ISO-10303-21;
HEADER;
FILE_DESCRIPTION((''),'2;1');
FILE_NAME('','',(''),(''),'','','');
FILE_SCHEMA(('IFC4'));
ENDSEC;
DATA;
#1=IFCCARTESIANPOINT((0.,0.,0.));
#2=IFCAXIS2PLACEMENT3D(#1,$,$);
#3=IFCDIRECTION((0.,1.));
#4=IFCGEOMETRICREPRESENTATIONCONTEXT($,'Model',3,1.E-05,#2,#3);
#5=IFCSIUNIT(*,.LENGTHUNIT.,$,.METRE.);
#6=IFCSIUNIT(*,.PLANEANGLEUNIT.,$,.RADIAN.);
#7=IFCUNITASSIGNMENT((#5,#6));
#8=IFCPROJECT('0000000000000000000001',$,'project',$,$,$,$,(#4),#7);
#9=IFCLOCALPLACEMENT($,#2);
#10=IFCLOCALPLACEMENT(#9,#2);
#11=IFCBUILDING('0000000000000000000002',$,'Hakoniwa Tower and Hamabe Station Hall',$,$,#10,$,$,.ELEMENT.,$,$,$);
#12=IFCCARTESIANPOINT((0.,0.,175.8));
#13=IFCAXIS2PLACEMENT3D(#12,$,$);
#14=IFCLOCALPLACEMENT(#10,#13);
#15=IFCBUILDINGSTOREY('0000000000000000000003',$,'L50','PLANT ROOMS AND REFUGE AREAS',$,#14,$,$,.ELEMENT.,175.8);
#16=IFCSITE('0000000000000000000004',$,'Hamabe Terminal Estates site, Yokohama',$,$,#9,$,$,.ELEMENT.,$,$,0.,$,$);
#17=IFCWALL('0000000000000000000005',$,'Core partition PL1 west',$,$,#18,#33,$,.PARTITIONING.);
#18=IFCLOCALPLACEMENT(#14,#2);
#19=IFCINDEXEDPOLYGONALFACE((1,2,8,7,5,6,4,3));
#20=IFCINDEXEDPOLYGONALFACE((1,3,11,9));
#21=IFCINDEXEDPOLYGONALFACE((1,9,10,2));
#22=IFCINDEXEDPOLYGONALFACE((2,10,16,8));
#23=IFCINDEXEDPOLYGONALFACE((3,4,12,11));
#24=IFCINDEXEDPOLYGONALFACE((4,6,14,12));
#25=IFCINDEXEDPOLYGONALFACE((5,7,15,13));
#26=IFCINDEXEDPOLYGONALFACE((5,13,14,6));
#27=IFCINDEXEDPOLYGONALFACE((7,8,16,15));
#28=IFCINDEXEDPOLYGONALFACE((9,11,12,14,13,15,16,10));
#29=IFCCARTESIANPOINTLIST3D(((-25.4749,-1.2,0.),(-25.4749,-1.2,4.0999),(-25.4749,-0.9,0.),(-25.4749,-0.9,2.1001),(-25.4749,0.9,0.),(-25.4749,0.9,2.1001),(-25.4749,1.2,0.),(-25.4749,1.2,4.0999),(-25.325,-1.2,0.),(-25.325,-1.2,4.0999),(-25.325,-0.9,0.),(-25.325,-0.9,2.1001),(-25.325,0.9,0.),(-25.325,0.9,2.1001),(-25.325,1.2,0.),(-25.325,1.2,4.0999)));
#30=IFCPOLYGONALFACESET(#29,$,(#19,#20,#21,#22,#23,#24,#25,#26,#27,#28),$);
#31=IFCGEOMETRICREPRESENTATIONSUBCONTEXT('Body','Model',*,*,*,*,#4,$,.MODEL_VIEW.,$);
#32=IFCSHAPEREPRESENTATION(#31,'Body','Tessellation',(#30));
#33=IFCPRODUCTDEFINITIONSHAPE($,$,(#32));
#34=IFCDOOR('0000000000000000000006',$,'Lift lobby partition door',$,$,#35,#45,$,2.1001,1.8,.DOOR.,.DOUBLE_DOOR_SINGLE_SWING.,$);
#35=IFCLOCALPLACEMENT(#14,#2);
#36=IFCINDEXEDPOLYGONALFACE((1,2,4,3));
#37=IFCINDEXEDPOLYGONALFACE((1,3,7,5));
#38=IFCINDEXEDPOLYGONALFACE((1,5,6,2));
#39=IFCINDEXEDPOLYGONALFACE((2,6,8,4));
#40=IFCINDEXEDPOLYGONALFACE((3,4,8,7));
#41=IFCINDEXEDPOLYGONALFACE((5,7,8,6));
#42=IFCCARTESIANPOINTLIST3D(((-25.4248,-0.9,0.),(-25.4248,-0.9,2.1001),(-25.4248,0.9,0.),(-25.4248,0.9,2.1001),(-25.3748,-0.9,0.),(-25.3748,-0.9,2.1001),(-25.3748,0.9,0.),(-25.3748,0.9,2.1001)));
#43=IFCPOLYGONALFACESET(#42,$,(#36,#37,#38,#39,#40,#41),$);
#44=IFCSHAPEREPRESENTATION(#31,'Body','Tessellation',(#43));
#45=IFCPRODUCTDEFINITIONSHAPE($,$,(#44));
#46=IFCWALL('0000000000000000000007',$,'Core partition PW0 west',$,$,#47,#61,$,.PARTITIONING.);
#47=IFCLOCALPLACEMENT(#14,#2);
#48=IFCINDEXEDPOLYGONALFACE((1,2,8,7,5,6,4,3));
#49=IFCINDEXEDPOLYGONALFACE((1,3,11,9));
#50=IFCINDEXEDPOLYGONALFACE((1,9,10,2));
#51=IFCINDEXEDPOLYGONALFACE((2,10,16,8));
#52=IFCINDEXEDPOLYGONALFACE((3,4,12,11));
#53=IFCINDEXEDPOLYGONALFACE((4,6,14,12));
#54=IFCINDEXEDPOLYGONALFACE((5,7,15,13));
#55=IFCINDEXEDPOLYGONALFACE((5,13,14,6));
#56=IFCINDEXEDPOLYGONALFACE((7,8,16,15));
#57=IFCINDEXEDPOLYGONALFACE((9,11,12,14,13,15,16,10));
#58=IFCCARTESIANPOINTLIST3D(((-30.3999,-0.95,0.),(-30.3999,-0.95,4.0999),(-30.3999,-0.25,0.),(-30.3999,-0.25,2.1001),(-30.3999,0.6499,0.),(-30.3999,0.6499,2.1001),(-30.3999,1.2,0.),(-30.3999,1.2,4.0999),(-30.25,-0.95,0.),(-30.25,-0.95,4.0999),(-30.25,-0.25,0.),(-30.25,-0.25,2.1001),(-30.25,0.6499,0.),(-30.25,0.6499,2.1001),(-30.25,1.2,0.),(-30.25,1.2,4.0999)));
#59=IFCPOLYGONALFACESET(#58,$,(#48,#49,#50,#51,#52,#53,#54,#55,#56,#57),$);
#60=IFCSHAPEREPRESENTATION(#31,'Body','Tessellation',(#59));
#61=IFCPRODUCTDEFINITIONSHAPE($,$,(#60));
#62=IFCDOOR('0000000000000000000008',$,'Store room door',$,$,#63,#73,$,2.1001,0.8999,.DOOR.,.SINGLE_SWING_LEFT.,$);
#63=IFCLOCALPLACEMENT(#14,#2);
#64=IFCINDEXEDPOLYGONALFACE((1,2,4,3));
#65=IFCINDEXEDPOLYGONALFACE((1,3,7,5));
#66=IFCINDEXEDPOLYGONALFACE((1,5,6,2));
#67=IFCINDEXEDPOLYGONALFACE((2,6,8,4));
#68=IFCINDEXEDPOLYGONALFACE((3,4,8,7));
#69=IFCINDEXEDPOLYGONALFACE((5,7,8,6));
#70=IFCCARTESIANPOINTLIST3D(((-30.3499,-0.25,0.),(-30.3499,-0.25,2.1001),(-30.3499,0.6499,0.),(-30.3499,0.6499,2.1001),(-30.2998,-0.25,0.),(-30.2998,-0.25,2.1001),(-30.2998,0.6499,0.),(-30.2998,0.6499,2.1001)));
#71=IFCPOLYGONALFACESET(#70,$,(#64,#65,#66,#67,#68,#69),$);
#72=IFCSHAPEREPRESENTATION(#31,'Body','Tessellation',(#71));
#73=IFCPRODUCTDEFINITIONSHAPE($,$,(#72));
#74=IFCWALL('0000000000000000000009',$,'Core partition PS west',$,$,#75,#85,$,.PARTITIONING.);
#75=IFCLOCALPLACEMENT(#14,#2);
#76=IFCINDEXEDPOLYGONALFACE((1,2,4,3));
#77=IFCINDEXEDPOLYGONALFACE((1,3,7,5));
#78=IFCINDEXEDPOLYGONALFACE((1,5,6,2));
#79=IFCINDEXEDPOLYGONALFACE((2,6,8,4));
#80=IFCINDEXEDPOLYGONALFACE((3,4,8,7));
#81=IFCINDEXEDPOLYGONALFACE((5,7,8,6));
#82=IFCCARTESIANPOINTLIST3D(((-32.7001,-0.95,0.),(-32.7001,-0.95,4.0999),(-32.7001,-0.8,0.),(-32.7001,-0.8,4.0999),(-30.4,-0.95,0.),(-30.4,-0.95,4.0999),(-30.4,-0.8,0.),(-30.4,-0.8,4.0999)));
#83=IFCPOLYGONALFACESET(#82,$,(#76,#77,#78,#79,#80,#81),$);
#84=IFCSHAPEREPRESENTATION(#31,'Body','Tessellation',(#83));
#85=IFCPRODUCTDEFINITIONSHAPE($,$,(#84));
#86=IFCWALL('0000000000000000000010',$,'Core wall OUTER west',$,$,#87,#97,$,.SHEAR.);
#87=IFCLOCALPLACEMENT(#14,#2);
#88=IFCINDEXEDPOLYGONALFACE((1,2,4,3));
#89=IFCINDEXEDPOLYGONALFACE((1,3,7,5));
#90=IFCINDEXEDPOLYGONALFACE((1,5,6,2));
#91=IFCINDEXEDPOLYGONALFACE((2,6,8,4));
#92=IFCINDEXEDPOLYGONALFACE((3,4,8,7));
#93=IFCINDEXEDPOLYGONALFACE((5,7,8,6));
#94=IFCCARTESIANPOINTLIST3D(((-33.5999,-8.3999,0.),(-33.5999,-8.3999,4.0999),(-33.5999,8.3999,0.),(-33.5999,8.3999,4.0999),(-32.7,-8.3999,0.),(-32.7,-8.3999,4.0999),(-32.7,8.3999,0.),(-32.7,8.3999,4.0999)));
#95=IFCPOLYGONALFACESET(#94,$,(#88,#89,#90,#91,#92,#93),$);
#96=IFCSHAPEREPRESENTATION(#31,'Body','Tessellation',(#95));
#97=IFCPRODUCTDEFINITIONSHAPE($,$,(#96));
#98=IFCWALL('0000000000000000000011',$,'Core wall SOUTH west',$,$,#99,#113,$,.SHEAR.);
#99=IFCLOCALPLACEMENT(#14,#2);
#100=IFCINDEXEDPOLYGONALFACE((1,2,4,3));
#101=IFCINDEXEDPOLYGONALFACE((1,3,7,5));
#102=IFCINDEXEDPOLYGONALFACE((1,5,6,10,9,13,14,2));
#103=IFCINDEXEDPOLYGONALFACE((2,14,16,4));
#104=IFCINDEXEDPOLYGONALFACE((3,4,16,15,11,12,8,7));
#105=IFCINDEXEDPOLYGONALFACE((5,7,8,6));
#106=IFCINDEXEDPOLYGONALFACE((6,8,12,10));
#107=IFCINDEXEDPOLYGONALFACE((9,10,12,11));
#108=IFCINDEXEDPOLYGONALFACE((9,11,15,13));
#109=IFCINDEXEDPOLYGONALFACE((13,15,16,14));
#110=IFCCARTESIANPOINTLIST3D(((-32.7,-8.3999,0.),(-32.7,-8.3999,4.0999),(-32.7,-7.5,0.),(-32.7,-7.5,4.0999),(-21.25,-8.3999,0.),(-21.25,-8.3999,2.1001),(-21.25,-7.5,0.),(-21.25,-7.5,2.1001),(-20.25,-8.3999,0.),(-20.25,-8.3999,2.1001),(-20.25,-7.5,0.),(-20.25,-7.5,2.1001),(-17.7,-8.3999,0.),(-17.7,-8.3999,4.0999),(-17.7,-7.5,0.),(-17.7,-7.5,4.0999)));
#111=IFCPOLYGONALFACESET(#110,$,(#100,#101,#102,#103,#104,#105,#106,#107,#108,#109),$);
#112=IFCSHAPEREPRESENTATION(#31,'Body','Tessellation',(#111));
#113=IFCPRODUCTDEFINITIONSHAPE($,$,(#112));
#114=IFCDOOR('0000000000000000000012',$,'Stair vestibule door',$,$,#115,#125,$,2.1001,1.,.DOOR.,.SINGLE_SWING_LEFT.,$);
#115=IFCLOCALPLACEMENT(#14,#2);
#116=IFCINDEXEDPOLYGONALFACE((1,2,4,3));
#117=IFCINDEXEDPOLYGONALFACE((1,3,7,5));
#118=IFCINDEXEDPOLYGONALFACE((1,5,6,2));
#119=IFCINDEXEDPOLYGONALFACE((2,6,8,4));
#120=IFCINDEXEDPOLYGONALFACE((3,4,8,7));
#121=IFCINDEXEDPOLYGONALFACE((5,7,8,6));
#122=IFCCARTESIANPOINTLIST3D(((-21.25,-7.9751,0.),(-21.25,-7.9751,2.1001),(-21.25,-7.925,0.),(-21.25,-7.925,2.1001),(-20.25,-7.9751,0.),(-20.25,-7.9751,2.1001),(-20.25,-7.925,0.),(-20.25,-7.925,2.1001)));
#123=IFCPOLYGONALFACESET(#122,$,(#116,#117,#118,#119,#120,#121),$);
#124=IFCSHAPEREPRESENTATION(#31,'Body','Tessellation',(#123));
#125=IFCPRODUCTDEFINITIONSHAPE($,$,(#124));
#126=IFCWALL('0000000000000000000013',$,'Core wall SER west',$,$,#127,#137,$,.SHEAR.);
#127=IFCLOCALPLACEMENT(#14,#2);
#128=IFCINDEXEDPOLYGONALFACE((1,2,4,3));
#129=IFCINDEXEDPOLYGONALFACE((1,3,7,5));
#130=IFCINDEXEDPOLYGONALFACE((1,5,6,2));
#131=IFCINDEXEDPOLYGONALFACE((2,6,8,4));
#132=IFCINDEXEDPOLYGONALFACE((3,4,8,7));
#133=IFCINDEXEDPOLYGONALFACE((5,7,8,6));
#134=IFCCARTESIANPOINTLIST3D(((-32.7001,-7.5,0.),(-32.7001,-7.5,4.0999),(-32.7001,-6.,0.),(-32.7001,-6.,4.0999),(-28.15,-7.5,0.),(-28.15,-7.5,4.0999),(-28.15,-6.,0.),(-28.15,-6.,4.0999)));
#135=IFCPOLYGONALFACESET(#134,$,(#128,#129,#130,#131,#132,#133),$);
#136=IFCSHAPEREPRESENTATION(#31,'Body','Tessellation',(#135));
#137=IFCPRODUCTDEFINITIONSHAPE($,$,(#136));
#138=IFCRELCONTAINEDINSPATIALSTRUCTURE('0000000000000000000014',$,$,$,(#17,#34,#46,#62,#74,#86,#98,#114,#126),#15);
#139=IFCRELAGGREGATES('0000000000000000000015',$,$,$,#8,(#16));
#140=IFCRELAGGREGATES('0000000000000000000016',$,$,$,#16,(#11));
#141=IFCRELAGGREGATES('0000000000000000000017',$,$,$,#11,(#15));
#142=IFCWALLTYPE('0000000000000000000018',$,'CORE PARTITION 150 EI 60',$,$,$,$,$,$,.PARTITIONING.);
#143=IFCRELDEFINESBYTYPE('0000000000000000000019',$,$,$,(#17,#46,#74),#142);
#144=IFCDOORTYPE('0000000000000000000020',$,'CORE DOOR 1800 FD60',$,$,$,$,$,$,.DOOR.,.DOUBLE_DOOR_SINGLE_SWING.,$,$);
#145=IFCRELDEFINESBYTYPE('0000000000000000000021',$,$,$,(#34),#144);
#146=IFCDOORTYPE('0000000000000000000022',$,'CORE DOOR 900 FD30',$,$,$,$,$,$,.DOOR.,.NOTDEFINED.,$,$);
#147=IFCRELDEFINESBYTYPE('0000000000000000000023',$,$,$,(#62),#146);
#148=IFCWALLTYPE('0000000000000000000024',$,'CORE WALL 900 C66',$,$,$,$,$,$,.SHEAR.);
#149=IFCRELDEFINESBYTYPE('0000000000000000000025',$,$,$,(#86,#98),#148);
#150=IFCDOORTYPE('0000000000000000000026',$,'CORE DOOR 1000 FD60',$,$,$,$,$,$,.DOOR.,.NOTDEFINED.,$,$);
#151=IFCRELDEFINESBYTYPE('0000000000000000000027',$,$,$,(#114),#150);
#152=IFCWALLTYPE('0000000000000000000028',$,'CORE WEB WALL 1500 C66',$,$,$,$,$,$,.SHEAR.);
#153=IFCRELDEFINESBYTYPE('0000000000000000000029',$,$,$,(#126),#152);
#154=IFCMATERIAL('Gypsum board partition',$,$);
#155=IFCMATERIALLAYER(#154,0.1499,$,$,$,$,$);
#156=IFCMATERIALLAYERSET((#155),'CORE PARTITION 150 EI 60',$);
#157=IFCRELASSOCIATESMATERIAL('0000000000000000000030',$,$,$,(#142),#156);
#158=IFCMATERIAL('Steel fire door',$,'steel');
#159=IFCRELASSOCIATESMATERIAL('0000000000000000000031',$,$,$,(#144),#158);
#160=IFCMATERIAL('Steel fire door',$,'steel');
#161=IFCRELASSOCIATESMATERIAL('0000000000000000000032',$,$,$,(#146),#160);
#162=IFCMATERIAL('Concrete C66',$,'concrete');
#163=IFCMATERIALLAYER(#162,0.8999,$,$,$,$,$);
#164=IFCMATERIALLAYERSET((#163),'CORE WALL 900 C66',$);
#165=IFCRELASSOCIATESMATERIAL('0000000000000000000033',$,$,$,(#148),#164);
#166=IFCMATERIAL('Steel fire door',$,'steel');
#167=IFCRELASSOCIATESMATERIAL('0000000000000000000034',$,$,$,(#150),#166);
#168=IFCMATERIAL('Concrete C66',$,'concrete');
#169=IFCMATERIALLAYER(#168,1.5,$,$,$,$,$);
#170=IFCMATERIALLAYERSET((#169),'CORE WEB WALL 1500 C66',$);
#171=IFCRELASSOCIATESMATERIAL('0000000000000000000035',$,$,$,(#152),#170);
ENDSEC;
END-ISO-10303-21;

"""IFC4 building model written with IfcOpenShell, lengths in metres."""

from ifc_helpers import new_model, si_unit, direction, frame, frame_2d, origin, place, context, subcontext, project, spatial, rectangle, extrude, material, layer, layer_set, type_object, element, fill, save


model = new_model("IFC4")

# Units and contexts
model_context = context("Model", 3, precision=1e-05, world=origin(), true_north=direction((0.0, 1.0)))
body_context = subcontext(model_context, "Body", "Model", "MODEL_VIEW")
ifc_project = project(units=[si_unit("LENGTHUNIT", "METRE"), si_unit("PLANEANGLEUNIT", "RADIAN")], contexts=[model_context])

# Site, building, storey
site_placement = place(None, origin())
site = spatial("IfcSite", under=ifc_project, at=site_placement, Name="Hamabe Terminal Estates site, Yokohama", CompositionType="ELEMENT", RefElevation=0.0)
building_placement = place(site_placement, origin())
building = spatial("IfcBuilding", under=site, at=building_placement, Name="Hakoniwa Tower and Hamabe Station Hall", CompositionType="ELEMENT")
storey_placement = place(building_placement, frame((0.0, 0.0, 175.8)))
storey = spatial("IfcBuildingStorey", under=building, at=storey_placement, Name="L50", Description="PLANT ROOMS AND REFUGE AREAS", CompositionType="ELEMENT", Elevation=175.8)

# Walls, openings, doors
ifc_material_1 = material(Name="Gypsum board partition")
ifc_layer_1 = layer(ifc_material_1, 0.1499)
ifc_layer_set_1 = layer_set([ifc_layer_1], Name="CORE PARTITION 150 EI 60")
wall_type_1 = type_object("IfcWallType", Name="CORE PARTITION 150 EI 60", PredefinedType="PARTITIONING", material=ifc_layer_set_1)
wall_1_placement = place(storey_placement, frame((-25.3999, -1.2, 0.0), z_axis=(0.0, 0.0, 1.0), x_axis=(0.0, 1.0, 0.0)))
wall_1 = element("IfcWall", 1, at=wall_1_placement, inside=storey, type_object=wall_type_1, Name="Core partition PL1 west", PredefinedType="PARTITIONING", context=body_context, shape_type="SweptSolid", body=[
    extrude(rectangle(XDim=2.3999, YDim=0.1499, at=frame_2d((1.2, 0.0))), origin(), (0.0, 0.0, 1.0), 4.0999),
])
opening_1_placement = place(wall_1_placement, frame((0.3, 0.0, 0.0)))
opening_1 = element("IfcOpeningElement", 2, at=opening_1_placement, cuts=wall_1, PredefinedType="OPENING", context=body_context, shape_type="SweptSolid", body=[
    extrude(rectangle(XDim=1.8, YDim=2.1001, at=frame_2d((0.8999, 1.05))), frame((0.0, 0.085, 0.0), z_axis=(0.0, -1.0, 0.0), x_axis=(1.0, 0.0, 0.0)), (0.0, 0.0, 1.0), 0.1699),
])
ifc_material_2 = material(Name="Steel fire door", Category="steel")
door_type_1 = type_object("IfcDoorType", Name="CORE DOOR 1800 FD60", OperationType="DOUBLE_DOOR_SINGLE_SWING", PredefinedType="DOOR", material=ifc_material_2)
door_1_placement = place(opening_1_placement, origin())
door_1 = element("IfcDoor", 3, at=door_1_placement, inside=storey, type_object=door_type_1, Name="Lift lobby partition door", OperationType="DOUBLE_DOOR_SINGLE_SWING", OverallHeight=2.1001, OverallWidth=1.8, PredefinedType="DOOR", context=body_context, shape_type="SweptSolid", body=[
    extrude(rectangle(XDim=1.8, YDim=2.1001, at=frame_2d((0.8999, 1.05))), frame((0.0, 0.0249, 0.0), z_axis=(0.0, -1.0, 0.0), x_axis=(1.0, 0.0, 0.0)), (0.0, 0.0, 1.0), 0.05),
])
fill(opening_1, door_1)
wall_2_placement = place(storey_placement, frame((-30.325, -0.95, 0.0), z_axis=(0.0, 0.0, 1.0), x_axis=(0.0, 1.0, 0.0)))
wall_2 = element("IfcWall", 4, at=wall_2_placement, inside=storey, type_object=wall_type_1, Name="Core partition PW0 west", PredefinedType="PARTITIONING", context=body_context, shape_type="SweptSolid", body=[
    extrude(rectangle(XDim=2.1499, YDim=0.1499, at=frame_2d((1.075, 0.0))), origin(), (0.0, 0.0, 1.0), 4.0999),
])
opening_2_placement = place(wall_2_placement, frame((0.7, 0.0, 0.0)))
opening_2 = element("IfcOpeningElement", 5, at=opening_2_placement, cuts=wall_2, PredefinedType="OPENING", context=body_context, shape_type="SweptSolid", body=[
    extrude(rectangle(XDim=0.8999, YDim=2.1001, at=frame_2d((0.45, 1.05))), frame((0.0, 0.085, 0.0), z_axis=(0.0, -1.0, 0.0), x_axis=(1.0, 0.0, 0.0)), (0.0, 0.0, 1.0), 0.1699),
])
ifc_material_3 = material(Name="Steel fire door", Category="steel")
door_type_2 = type_object("IfcDoorType", Name="CORE DOOR 900 FD30", OperationType="NOTDEFINED", PredefinedType="DOOR", material=ifc_material_3)
door_2_placement = place(opening_2_placement, origin())
door_2 = element("IfcDoor", 6, at=door_2_placement, inside=storey, type_object=door_type_2, Name="Store room door", OperationType="SINGLE_SWING_LEFT", OverallHeight=2.1001, OverallWidth=0.8999, PredefinedType="DOOR", context=body_context, shape_type="SweptSolid", body=[
    extrude(rectangle(XDim=0.8999, YDim=2.1001, at=frame_2d((0.45, 1.05))), frame((0.0, 0.0249, 0.0), z_axis=(0.0, -1.0, 0.0), x_axis=(1.0, 0.0, 0.0)), (0.0, 0.0, 1.0), 0.05),
])
fill(opening_2, door_2)

# Walls
wall_3_placement = place(storey_placement, frame((-32.7, -0.875, 0.0), z_axis=(0.0, 0.0, 1.0), x_axis=(1.0, 0.0, 0.0)))
element("IfcWall", 7, at=wall_3_placement, inside=storey, type_object=wall_type_1, Name="Core partition PS west", PredefinedType="PARTITIONING", context=body_context, shape_type="SweptSolid", body=[
    extrude(rectangle(XDim=2.3, YDim=0.1499, at=frame_2d((1.1499, 0.0))), origin(), (0.0, 0.0, 1.0), 4.0999),
])
ifc_material_4 = material(Name="Concrete C66", Category="concrete")
ifc_layer_2 = layer(ifc_material_4, 0.8999)
ifc_layer_set_2 = layer_set([ifc_layer_2], Name="CORE WALL 900 C66")
wall_type_2 = type_object("IfcWallType", Name="CORE WALL 900 C66", PredefinedType="SHEAR", material=ifc_layer_set_2)
wall_4_placement = place(storey_placement, frame((-33.1499, -8.3999, 0.0), z_axis=(0.0, 0.0, 1.0), x_axis=(0.0, 1.0, 0.0)))
element("IfcWall", 8, at=wall_4_placement, inside=storey, type_object=wall_type_2, Name="Core wall OUTER west", PredefinedType="SHEAR", context=body_context, shape_type="SweptSolid", body=[
    extrude(rectangle(XDim=16.7998, YDim=0.8999, at=frame_2d((8.3999, 0.0))), origin(), (0.0, 0.0, 1.0), 4.0999),
])

# Wall, opening, door
wall_5_placement = place(storey_placement, frame((-32.7, -7.95, 0.0), z_axis=(0.0, 0.0, 1.0), x_axis=(1.0, 0.0, 0.0)))
wall_5 = element("IfcWall", 9, at=wall_5_placement, inside=storey, type_object=wall_type_2, Name="Core wall SOUTH west", PredefinedType="SHEAR", context=body_context, shape_type="SweptSolid", body=[
    extrude(rectangle(XDim=15.0, YDim=0.8999, at=frame_2d((7.5, 0.0))), origin(), (0.0, 0.0, 1.0), 4.0999),
])
opening_3_placement = place(wall_5_placement, frame((11.45, 0.0, 0.0)))
opening_3 = element("IfcOpeningElement", 10, at=opening_3_placement, cuts=wall_5, PredefinedType="OPENING", context=body_context, shape_type="SweptSolid", body=[
    extrude(rectangle(XDim=1.0, YDim=2.1001, at=frame_2d((0.5, 1.05))), frame((0.0, 0.46, 0.0), z_axis=(0.0, -1.0, 0.0), x_axis=(1.0, 0.0, 0.0)), (0.0, 0.0, 1.0), 0.9199),
])
ifc_material_5 = material(Name="Steel fire door", Category="steel")
door_type_3 = type_object("IfcDoorType", Name="CORE DOOR 1000 FD60", OperationType="NOTDEFINED", PredefinedType="DOOR", material=ifc_material_5)
door_3_placement = place(opening_3_placement, origin())
door_3 = element("IfcDoor", 11, at=door_3_placement, inside=storey, type_object=door_type_3, Name="Stair vestibule door", OperationType="SINGLE_SWING_LEFT", OverallHeight=2.1001, OverallWidth=1.0, PredefinedType="DOOR", context=body_context, shape_type="SweptSolid", body=[
    extrude(rectangle(XDim=1.0, YDim=2.1001, at=frame_2d((0.5, 1.05))), frame((0.0, 0.0249, 0.0), z_axis=(0.0, -1.0, 0.0), x_axis=(1.0, 0.0, 0.0)), (0.0, 0.0, 1.0), 0.05),
])
fill(opening_3, door_3)

# Wall
ifc_material_6 = material(Name="Concrete C66", Category="concrete")
ifc_layer_3 = layer(ifc_material_6, 1.5)
ifc_layer_set_3 = layer_set([ifc_layer_3], Name="CORE WEB WALL 1500 C66")
wall_type_3 = type_object("IfcWallType", Name="CORE WEB WALL 1500 C66", PredefinedType="SHEAR", material=ifc_layer_set_3)
wall_6_placement = place(storey_placement, frame((-32.7, -6.75, 0.0), z_axis=(0.0, 0.0, 1.0), x_axis=(1.0, 0.0, 0.0)))
element("IfcWall", 12, at=wall_6_placement, inside=storey, type_object=wall_type_3, Name="Core wall SER west", PredefinedType="SHEAR", context=body_context, shape_type="SweptSolid", body=[
    extrude(rectangle(XDim=4.55, YDim=1.5, at=frame_2d((2.2749, 0.0))), origin(), (0.0, 0.0, 1.0), 4.0999),
])

save(model, "model.ifc")
